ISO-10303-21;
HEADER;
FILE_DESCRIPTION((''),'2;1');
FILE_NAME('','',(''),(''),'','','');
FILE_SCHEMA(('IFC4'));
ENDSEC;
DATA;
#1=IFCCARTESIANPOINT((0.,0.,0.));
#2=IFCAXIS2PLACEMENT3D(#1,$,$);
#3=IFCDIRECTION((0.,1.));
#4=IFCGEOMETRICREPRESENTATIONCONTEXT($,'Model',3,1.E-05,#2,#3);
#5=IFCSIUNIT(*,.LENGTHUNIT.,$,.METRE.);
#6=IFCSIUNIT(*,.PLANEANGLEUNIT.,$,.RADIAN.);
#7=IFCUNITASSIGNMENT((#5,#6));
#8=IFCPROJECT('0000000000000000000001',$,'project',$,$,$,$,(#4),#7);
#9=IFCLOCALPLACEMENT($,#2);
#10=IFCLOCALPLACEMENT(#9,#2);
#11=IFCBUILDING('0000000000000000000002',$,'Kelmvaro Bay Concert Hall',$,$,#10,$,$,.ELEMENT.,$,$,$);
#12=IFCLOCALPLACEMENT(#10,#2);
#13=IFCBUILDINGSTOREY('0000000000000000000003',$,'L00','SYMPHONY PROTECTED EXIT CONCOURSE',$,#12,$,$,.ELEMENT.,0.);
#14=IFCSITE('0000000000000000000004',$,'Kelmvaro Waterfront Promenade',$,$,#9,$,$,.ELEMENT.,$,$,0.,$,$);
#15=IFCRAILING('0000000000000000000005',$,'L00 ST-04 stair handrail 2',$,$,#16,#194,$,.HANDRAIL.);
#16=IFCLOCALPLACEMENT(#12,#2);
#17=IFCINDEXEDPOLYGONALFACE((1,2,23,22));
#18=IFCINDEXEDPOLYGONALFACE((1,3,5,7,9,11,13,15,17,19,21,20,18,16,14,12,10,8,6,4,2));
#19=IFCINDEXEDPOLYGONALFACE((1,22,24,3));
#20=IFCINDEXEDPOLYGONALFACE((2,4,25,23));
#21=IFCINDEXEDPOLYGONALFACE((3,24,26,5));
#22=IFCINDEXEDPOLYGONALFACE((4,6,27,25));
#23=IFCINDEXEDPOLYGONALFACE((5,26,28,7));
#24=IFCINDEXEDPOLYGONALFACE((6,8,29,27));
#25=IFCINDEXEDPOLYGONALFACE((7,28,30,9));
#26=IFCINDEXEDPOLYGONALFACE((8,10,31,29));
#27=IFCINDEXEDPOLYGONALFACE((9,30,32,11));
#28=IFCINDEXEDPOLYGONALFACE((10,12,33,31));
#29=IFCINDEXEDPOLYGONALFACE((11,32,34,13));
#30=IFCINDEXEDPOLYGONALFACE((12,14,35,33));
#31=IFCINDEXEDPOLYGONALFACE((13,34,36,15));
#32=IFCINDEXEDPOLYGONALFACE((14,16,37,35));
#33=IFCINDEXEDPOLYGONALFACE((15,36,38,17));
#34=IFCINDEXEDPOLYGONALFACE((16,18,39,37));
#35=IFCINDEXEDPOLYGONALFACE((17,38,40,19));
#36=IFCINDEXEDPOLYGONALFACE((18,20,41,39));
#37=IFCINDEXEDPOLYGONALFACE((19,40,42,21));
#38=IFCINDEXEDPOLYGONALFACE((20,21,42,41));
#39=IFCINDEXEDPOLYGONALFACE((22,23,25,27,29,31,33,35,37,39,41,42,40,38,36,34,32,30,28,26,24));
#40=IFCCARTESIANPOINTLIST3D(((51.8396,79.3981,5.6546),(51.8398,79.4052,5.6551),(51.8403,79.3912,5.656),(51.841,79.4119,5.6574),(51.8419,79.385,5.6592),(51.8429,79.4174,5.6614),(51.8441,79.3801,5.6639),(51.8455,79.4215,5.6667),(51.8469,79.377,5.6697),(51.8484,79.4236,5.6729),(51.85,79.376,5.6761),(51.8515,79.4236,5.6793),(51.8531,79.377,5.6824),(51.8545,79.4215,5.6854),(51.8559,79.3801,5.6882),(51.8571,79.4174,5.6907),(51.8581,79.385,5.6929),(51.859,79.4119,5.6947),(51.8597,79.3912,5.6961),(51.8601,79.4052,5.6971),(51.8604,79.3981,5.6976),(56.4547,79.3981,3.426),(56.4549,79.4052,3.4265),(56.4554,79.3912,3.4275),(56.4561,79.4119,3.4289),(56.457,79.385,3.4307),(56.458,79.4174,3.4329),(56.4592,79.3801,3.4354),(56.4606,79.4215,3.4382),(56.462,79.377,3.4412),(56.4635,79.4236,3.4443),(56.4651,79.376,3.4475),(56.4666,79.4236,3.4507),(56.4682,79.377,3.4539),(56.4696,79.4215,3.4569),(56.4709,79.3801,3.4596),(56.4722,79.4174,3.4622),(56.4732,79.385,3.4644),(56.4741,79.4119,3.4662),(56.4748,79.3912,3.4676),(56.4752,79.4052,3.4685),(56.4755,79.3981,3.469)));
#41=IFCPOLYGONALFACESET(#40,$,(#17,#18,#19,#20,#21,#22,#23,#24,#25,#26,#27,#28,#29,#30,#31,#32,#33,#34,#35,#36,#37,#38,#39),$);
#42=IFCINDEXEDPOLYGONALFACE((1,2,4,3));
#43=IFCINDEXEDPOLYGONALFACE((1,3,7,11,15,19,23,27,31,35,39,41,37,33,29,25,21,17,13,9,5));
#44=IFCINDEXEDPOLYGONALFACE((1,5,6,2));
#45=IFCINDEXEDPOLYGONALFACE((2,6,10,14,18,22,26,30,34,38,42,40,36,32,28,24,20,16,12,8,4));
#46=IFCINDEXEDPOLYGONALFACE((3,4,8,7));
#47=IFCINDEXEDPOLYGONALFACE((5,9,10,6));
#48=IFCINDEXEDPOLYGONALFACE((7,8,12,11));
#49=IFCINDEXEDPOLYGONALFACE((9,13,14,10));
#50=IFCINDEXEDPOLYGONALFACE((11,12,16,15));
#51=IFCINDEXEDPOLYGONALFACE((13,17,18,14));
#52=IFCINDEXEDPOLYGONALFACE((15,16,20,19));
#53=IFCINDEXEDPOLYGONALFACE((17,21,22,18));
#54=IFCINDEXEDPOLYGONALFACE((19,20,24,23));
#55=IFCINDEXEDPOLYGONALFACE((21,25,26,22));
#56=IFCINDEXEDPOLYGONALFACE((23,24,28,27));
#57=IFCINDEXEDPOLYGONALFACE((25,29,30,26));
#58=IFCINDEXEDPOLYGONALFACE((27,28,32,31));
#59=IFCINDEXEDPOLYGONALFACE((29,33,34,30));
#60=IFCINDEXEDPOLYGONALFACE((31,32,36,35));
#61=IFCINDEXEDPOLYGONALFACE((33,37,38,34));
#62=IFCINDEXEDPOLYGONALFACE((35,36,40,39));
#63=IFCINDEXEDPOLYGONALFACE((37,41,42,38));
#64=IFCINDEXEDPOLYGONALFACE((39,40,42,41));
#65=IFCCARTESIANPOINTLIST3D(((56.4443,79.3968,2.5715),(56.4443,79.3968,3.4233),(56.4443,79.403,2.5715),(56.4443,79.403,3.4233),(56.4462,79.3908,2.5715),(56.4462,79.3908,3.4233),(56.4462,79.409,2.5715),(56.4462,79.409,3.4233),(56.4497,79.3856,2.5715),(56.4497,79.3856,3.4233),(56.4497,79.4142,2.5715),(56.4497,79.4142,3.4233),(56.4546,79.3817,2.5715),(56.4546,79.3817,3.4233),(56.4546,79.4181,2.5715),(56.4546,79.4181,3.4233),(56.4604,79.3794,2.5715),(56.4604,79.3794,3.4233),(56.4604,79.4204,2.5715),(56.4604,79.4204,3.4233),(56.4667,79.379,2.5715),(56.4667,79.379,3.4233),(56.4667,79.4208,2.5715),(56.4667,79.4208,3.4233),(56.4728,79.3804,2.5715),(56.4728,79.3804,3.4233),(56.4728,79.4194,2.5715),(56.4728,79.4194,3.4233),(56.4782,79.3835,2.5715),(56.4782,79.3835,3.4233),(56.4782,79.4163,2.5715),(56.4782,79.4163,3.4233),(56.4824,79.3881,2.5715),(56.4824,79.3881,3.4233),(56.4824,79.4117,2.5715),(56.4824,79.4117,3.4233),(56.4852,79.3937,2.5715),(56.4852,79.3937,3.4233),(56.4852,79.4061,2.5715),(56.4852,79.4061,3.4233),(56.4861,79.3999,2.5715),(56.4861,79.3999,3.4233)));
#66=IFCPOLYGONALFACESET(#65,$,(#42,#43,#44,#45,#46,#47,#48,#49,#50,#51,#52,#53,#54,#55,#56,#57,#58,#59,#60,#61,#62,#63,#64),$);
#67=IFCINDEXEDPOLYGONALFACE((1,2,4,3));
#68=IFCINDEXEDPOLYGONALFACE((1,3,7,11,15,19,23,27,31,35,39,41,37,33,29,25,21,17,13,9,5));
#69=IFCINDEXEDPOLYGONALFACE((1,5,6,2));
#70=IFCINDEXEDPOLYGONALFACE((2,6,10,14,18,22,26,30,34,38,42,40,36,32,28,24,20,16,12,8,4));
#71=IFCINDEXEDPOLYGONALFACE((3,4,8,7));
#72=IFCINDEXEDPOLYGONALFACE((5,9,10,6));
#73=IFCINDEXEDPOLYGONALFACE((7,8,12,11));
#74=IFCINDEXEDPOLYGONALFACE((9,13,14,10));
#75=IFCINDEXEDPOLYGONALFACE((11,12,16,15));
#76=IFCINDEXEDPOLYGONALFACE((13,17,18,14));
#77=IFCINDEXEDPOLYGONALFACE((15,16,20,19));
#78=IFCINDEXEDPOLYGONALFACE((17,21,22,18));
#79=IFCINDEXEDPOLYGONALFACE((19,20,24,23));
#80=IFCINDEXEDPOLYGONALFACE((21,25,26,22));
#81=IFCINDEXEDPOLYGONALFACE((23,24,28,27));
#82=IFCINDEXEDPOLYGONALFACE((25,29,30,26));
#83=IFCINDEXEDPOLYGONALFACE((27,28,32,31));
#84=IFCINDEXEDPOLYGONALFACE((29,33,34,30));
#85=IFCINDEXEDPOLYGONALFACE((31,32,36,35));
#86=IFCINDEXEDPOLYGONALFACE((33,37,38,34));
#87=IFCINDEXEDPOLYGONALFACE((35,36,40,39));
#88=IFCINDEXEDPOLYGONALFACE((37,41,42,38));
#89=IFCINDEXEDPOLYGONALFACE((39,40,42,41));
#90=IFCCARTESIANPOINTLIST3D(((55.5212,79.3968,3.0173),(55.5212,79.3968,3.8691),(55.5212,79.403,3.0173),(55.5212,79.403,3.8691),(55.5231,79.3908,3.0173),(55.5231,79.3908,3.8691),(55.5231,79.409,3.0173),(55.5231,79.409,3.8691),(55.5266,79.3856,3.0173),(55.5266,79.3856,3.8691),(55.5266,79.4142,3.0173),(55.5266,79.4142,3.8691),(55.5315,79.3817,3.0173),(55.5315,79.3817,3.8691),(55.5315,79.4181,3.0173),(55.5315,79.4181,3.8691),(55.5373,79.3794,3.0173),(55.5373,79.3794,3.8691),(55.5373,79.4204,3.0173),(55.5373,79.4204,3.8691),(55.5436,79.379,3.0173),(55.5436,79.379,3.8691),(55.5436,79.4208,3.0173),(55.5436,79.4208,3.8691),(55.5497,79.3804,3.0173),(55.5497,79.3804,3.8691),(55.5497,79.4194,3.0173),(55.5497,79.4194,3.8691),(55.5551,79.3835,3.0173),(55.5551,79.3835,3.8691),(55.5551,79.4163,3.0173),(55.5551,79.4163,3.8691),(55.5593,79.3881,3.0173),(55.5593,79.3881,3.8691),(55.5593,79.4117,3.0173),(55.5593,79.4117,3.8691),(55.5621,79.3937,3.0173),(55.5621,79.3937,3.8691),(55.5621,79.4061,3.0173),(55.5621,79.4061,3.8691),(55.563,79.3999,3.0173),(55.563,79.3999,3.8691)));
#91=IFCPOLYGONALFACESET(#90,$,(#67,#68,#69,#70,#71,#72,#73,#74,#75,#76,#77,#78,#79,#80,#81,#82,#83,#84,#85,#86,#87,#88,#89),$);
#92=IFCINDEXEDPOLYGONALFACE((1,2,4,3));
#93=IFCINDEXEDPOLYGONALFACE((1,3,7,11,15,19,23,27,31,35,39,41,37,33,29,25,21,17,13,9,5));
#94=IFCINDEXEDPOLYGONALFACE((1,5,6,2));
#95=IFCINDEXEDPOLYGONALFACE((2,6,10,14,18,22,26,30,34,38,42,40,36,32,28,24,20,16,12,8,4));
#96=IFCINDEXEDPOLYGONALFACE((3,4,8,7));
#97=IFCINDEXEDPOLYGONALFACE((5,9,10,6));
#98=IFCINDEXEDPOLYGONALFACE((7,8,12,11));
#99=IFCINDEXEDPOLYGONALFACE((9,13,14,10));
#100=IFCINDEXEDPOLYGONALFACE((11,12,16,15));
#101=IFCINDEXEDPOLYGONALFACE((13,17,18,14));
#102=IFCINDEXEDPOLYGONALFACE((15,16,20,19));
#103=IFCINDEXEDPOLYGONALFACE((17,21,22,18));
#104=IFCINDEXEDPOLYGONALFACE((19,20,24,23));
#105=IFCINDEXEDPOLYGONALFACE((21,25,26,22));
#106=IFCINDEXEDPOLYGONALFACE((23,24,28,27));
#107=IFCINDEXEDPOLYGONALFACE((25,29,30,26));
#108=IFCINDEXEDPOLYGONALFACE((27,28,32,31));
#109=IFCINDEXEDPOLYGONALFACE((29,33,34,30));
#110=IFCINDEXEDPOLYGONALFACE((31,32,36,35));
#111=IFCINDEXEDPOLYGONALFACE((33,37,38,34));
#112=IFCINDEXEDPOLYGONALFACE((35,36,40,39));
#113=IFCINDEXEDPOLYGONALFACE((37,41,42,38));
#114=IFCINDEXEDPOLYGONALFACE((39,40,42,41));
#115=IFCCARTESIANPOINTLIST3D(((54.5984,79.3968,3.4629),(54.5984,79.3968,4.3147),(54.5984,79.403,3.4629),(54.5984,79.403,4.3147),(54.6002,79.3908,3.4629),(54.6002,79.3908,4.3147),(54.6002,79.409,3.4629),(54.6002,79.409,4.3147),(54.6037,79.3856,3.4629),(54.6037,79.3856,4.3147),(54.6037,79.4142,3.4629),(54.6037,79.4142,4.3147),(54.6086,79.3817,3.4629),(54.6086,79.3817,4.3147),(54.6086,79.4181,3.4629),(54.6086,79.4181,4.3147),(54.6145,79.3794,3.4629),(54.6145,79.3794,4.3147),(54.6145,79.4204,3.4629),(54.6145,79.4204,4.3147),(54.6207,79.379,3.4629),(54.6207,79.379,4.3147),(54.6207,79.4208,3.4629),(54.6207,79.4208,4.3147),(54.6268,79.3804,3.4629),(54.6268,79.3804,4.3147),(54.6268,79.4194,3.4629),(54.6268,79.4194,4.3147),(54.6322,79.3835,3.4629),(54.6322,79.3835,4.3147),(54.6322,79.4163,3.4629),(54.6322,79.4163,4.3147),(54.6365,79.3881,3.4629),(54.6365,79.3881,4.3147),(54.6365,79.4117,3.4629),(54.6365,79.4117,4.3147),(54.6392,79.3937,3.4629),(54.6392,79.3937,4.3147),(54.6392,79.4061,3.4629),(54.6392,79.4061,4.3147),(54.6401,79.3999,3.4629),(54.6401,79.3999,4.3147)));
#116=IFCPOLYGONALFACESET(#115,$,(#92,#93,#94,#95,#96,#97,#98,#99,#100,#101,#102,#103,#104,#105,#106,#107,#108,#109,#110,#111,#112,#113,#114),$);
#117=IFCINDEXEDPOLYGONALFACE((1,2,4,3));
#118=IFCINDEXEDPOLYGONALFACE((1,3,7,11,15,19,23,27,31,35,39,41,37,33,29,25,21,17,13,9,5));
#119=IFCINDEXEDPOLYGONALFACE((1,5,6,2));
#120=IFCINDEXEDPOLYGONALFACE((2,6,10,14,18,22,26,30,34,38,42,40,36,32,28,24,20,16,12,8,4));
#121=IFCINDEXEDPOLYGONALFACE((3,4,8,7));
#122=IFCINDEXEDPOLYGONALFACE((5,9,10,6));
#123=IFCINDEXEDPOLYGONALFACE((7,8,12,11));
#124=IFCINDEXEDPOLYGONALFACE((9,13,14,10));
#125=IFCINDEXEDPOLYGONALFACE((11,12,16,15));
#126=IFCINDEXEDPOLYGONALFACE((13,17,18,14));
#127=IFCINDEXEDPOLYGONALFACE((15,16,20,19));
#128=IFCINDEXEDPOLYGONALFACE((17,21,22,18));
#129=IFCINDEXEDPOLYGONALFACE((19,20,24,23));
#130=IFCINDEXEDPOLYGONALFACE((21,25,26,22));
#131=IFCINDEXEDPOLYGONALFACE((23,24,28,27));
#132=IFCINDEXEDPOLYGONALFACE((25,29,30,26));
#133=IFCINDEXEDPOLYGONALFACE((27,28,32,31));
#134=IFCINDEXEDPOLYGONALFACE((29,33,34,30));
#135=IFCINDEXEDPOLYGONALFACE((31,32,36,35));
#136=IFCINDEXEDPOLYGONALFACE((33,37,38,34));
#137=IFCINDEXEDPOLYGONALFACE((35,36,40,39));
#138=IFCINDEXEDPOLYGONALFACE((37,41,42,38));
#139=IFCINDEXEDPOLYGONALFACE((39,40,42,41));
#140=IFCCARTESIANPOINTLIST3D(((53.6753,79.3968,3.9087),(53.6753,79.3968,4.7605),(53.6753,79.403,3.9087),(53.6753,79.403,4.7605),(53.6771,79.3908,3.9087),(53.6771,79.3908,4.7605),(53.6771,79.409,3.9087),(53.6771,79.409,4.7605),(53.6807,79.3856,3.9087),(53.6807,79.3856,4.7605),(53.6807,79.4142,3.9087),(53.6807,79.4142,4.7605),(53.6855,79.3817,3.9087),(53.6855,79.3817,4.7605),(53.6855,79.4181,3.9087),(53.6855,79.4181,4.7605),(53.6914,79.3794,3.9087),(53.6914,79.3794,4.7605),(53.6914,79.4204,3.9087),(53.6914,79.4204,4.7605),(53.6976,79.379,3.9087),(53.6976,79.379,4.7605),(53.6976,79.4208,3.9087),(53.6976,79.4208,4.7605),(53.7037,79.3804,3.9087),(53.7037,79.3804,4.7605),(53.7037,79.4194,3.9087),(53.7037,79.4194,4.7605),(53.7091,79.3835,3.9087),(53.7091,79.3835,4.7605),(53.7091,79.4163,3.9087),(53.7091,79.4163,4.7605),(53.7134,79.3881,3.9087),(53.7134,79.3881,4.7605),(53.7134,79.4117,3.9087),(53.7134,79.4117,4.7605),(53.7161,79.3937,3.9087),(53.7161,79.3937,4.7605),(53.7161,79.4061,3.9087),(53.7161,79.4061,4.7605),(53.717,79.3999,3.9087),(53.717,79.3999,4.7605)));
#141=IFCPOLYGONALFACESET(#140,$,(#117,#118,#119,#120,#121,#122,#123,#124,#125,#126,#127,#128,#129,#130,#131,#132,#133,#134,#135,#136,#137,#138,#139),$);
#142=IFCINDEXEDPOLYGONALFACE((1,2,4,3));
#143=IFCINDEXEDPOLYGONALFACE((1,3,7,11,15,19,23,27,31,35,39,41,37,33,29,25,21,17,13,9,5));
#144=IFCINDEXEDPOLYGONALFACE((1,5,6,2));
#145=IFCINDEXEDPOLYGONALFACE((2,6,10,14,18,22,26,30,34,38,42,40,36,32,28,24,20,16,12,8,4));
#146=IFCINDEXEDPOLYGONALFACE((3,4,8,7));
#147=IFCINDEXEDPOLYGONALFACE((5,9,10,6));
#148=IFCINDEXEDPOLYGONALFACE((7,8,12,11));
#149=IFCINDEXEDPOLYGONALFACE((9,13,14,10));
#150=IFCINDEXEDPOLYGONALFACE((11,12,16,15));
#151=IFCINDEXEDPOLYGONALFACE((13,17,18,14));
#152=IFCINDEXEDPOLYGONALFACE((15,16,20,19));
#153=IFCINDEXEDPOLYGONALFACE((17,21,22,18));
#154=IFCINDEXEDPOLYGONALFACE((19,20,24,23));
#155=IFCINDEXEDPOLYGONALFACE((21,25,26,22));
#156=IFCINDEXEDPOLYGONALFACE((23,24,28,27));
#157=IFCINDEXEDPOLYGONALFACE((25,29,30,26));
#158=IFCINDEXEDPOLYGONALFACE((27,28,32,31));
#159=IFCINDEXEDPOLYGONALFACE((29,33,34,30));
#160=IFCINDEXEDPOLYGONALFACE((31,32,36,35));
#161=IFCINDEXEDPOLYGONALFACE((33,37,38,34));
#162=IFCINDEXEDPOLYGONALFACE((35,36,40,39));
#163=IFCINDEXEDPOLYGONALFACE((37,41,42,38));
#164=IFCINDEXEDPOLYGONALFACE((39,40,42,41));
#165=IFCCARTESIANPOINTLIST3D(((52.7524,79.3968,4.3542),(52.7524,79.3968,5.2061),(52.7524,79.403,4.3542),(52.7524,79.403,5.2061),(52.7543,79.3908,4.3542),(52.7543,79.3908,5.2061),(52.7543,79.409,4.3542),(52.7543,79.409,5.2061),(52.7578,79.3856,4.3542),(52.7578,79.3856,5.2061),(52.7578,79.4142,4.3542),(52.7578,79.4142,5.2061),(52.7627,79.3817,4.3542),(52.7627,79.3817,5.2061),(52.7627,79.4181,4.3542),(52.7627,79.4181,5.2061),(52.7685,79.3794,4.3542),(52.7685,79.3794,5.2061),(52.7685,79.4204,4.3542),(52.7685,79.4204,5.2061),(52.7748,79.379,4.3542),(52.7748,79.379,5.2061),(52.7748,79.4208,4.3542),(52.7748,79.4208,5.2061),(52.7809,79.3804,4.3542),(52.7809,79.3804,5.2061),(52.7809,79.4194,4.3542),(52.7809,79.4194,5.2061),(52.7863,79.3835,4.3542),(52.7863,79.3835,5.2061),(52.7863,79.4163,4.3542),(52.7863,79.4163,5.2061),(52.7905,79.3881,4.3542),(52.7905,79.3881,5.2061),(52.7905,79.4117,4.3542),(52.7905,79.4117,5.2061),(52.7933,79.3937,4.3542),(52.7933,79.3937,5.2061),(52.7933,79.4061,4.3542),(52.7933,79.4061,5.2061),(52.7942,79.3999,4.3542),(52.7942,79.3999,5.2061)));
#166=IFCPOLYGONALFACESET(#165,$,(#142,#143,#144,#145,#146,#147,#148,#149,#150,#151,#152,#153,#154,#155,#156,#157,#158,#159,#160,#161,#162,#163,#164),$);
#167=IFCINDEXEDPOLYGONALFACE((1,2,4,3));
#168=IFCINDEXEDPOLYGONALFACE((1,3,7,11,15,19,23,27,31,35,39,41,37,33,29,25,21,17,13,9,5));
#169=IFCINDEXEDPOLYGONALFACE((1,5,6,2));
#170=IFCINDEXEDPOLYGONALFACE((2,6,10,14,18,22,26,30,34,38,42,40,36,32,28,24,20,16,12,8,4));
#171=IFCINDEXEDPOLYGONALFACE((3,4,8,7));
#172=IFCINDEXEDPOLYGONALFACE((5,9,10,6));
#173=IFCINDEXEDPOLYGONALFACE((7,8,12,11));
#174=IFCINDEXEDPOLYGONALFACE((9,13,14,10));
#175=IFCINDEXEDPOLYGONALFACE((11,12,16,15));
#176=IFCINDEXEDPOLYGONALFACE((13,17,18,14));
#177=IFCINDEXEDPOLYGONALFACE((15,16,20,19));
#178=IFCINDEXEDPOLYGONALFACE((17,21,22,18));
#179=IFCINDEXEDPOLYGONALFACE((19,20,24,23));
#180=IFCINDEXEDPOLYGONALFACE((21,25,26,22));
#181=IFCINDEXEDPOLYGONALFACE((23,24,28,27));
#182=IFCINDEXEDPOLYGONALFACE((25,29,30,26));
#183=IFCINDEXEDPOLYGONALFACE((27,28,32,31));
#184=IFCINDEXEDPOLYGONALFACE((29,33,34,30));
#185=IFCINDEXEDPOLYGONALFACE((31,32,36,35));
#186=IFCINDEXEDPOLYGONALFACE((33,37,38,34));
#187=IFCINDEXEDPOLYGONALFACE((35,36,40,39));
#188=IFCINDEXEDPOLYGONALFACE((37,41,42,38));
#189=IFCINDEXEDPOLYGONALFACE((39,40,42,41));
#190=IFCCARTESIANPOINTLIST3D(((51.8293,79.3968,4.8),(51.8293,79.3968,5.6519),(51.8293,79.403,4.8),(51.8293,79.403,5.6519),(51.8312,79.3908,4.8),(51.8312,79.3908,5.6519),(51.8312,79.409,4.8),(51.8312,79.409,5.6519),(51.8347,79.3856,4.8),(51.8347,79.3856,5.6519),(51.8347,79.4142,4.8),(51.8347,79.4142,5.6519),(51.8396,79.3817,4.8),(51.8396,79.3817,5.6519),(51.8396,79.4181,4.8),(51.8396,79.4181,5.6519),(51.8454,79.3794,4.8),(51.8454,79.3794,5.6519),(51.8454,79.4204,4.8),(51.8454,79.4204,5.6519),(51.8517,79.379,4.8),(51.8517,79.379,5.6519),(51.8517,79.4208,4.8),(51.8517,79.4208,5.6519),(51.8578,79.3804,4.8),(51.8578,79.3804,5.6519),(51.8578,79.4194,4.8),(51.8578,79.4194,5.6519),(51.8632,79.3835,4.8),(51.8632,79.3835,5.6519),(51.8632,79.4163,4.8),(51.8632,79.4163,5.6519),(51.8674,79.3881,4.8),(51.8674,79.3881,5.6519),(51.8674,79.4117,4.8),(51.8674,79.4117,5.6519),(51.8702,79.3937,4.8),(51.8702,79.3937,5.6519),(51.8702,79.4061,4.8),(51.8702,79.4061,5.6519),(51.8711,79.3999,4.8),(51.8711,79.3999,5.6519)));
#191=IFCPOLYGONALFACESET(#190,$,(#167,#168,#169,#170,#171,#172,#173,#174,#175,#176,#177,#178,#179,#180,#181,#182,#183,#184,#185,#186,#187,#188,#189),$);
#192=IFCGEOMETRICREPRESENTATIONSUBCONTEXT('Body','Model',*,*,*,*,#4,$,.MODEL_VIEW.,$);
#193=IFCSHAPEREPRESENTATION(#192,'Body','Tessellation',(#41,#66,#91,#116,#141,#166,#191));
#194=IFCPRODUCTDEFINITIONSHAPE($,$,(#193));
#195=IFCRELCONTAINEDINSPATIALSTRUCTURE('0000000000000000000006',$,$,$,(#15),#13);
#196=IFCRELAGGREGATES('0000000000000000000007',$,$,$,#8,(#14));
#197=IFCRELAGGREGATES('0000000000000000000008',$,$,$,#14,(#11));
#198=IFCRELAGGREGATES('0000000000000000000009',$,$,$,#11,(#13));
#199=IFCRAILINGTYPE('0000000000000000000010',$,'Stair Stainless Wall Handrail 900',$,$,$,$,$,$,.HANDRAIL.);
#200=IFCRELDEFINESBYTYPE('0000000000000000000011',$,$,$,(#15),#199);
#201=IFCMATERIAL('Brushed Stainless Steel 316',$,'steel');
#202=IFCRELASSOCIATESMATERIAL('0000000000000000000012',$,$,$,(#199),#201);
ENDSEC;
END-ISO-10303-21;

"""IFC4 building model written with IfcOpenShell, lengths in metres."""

from ifc_helpers import new_model, si_unit, direction, frame, origin, origin_2d, place, context, subcontext, project, spatial, circle, extrude, material, type_object, element, save


model = new_model("IFC4")

# Units and contexts
model_context = context("Model", 3, precision=1e-05, world=origin(), true_north=direction((0.0, 1.0)))
body_context = subcontext(model_context, "Body", "Model", "MODEL_VIEW")
ifc_project = project(units=[si_unit("LENGTHUNIT", "METRE"), si_unit("PLANEANGLEUNIT", "RADIAN")], contexts=[model_context])

# Site, building, storey
site_placement = place(None, origin())
site = spatial("IfcSite", under=ifc_project, at=site_placement, Name="Kelmvaro Waterfront Promenade", CompositionType="ELEMENT", RefElevation=0.0)
building_placement = place(site_placement, origin())
building = spatial("IfcBuilding", under=site, at=building_placement, Name="Kelmvaro Bay Concert Hall", CompositionType="ELEMENT")
storey_placement = place(building_placement, origin())
storey = spatial("IfcBuildingStorey", under=building, at=storey_placement, Name="L00", Description="SYMPHONY PROTECTED EXIT CONCOURSE", CompositionType="ELEMENT", Elevation=0.0)

# Railing
ifc_material_1 = material(Name="Brushed Stainless Steel 316", Category="steel")
railing_type_1 = type_object("IfcRailingType", Name="Stair Stainless Wall Handrail 900", PredefinedType="HANDRAIL", material=ifc_material_1)
railing_1_placement = place(storey_placement, frame((56.4651, 79.3999, 2.5715)))
element("IfcRailing", 1, at=railing_1_placement, inside=storey, type_object=railing_type_1, Name="L00 ST-04 stair handrail 2", PredefinedType="HANDRAIL", context=body_context, shape_type="SweptSolid", body=[
    extrude(circle(Radius=0.0239, at=origin_2d()), frame((0.0, 0.0, 0.876), z_axis=(-0.900507, 0.0, 0.434842), x_axis=(0.0, -1.0, 0.0)), (0.0, 0.0, 1.0), 5.125),
    extrude(circle(Radius=0.021, at=origin_2d()), origin(), (0.0, 0.0, 1.0), 0.8518),
    extrude(circle(Radius=0.021, at=origin_2d()), frame((-0.9231, 0.0, 0.4458)), (0.0, 0.0, 1.0), 0.8518),
    extrude(circle(Radius=0.021, at=origin_2d()), frame((-1.8459, 0.0, 0.8914)), (0.0, 0.0, 1.0), 0.8518),
    extrude(circle(Radius=0.021, at=origin_2d()), frame((-2.769, 0.0, 1.3372)), (0.0, 0.0, 1.0), 0.8518),
    extrude(circle(Radius=0.021, at=origin_2d()), frame((-3.6919, 0.0, 1.7827)), (0.0, 0.0, 1.0), 0.8518),
    extrude(circle(Radius=0.021, at=origin_2d()), frame((-4.615, 0.0, 2.2285)), (0.0, 0.0, 1.0), 0.8518),
])

save(model, "model.ifc")
